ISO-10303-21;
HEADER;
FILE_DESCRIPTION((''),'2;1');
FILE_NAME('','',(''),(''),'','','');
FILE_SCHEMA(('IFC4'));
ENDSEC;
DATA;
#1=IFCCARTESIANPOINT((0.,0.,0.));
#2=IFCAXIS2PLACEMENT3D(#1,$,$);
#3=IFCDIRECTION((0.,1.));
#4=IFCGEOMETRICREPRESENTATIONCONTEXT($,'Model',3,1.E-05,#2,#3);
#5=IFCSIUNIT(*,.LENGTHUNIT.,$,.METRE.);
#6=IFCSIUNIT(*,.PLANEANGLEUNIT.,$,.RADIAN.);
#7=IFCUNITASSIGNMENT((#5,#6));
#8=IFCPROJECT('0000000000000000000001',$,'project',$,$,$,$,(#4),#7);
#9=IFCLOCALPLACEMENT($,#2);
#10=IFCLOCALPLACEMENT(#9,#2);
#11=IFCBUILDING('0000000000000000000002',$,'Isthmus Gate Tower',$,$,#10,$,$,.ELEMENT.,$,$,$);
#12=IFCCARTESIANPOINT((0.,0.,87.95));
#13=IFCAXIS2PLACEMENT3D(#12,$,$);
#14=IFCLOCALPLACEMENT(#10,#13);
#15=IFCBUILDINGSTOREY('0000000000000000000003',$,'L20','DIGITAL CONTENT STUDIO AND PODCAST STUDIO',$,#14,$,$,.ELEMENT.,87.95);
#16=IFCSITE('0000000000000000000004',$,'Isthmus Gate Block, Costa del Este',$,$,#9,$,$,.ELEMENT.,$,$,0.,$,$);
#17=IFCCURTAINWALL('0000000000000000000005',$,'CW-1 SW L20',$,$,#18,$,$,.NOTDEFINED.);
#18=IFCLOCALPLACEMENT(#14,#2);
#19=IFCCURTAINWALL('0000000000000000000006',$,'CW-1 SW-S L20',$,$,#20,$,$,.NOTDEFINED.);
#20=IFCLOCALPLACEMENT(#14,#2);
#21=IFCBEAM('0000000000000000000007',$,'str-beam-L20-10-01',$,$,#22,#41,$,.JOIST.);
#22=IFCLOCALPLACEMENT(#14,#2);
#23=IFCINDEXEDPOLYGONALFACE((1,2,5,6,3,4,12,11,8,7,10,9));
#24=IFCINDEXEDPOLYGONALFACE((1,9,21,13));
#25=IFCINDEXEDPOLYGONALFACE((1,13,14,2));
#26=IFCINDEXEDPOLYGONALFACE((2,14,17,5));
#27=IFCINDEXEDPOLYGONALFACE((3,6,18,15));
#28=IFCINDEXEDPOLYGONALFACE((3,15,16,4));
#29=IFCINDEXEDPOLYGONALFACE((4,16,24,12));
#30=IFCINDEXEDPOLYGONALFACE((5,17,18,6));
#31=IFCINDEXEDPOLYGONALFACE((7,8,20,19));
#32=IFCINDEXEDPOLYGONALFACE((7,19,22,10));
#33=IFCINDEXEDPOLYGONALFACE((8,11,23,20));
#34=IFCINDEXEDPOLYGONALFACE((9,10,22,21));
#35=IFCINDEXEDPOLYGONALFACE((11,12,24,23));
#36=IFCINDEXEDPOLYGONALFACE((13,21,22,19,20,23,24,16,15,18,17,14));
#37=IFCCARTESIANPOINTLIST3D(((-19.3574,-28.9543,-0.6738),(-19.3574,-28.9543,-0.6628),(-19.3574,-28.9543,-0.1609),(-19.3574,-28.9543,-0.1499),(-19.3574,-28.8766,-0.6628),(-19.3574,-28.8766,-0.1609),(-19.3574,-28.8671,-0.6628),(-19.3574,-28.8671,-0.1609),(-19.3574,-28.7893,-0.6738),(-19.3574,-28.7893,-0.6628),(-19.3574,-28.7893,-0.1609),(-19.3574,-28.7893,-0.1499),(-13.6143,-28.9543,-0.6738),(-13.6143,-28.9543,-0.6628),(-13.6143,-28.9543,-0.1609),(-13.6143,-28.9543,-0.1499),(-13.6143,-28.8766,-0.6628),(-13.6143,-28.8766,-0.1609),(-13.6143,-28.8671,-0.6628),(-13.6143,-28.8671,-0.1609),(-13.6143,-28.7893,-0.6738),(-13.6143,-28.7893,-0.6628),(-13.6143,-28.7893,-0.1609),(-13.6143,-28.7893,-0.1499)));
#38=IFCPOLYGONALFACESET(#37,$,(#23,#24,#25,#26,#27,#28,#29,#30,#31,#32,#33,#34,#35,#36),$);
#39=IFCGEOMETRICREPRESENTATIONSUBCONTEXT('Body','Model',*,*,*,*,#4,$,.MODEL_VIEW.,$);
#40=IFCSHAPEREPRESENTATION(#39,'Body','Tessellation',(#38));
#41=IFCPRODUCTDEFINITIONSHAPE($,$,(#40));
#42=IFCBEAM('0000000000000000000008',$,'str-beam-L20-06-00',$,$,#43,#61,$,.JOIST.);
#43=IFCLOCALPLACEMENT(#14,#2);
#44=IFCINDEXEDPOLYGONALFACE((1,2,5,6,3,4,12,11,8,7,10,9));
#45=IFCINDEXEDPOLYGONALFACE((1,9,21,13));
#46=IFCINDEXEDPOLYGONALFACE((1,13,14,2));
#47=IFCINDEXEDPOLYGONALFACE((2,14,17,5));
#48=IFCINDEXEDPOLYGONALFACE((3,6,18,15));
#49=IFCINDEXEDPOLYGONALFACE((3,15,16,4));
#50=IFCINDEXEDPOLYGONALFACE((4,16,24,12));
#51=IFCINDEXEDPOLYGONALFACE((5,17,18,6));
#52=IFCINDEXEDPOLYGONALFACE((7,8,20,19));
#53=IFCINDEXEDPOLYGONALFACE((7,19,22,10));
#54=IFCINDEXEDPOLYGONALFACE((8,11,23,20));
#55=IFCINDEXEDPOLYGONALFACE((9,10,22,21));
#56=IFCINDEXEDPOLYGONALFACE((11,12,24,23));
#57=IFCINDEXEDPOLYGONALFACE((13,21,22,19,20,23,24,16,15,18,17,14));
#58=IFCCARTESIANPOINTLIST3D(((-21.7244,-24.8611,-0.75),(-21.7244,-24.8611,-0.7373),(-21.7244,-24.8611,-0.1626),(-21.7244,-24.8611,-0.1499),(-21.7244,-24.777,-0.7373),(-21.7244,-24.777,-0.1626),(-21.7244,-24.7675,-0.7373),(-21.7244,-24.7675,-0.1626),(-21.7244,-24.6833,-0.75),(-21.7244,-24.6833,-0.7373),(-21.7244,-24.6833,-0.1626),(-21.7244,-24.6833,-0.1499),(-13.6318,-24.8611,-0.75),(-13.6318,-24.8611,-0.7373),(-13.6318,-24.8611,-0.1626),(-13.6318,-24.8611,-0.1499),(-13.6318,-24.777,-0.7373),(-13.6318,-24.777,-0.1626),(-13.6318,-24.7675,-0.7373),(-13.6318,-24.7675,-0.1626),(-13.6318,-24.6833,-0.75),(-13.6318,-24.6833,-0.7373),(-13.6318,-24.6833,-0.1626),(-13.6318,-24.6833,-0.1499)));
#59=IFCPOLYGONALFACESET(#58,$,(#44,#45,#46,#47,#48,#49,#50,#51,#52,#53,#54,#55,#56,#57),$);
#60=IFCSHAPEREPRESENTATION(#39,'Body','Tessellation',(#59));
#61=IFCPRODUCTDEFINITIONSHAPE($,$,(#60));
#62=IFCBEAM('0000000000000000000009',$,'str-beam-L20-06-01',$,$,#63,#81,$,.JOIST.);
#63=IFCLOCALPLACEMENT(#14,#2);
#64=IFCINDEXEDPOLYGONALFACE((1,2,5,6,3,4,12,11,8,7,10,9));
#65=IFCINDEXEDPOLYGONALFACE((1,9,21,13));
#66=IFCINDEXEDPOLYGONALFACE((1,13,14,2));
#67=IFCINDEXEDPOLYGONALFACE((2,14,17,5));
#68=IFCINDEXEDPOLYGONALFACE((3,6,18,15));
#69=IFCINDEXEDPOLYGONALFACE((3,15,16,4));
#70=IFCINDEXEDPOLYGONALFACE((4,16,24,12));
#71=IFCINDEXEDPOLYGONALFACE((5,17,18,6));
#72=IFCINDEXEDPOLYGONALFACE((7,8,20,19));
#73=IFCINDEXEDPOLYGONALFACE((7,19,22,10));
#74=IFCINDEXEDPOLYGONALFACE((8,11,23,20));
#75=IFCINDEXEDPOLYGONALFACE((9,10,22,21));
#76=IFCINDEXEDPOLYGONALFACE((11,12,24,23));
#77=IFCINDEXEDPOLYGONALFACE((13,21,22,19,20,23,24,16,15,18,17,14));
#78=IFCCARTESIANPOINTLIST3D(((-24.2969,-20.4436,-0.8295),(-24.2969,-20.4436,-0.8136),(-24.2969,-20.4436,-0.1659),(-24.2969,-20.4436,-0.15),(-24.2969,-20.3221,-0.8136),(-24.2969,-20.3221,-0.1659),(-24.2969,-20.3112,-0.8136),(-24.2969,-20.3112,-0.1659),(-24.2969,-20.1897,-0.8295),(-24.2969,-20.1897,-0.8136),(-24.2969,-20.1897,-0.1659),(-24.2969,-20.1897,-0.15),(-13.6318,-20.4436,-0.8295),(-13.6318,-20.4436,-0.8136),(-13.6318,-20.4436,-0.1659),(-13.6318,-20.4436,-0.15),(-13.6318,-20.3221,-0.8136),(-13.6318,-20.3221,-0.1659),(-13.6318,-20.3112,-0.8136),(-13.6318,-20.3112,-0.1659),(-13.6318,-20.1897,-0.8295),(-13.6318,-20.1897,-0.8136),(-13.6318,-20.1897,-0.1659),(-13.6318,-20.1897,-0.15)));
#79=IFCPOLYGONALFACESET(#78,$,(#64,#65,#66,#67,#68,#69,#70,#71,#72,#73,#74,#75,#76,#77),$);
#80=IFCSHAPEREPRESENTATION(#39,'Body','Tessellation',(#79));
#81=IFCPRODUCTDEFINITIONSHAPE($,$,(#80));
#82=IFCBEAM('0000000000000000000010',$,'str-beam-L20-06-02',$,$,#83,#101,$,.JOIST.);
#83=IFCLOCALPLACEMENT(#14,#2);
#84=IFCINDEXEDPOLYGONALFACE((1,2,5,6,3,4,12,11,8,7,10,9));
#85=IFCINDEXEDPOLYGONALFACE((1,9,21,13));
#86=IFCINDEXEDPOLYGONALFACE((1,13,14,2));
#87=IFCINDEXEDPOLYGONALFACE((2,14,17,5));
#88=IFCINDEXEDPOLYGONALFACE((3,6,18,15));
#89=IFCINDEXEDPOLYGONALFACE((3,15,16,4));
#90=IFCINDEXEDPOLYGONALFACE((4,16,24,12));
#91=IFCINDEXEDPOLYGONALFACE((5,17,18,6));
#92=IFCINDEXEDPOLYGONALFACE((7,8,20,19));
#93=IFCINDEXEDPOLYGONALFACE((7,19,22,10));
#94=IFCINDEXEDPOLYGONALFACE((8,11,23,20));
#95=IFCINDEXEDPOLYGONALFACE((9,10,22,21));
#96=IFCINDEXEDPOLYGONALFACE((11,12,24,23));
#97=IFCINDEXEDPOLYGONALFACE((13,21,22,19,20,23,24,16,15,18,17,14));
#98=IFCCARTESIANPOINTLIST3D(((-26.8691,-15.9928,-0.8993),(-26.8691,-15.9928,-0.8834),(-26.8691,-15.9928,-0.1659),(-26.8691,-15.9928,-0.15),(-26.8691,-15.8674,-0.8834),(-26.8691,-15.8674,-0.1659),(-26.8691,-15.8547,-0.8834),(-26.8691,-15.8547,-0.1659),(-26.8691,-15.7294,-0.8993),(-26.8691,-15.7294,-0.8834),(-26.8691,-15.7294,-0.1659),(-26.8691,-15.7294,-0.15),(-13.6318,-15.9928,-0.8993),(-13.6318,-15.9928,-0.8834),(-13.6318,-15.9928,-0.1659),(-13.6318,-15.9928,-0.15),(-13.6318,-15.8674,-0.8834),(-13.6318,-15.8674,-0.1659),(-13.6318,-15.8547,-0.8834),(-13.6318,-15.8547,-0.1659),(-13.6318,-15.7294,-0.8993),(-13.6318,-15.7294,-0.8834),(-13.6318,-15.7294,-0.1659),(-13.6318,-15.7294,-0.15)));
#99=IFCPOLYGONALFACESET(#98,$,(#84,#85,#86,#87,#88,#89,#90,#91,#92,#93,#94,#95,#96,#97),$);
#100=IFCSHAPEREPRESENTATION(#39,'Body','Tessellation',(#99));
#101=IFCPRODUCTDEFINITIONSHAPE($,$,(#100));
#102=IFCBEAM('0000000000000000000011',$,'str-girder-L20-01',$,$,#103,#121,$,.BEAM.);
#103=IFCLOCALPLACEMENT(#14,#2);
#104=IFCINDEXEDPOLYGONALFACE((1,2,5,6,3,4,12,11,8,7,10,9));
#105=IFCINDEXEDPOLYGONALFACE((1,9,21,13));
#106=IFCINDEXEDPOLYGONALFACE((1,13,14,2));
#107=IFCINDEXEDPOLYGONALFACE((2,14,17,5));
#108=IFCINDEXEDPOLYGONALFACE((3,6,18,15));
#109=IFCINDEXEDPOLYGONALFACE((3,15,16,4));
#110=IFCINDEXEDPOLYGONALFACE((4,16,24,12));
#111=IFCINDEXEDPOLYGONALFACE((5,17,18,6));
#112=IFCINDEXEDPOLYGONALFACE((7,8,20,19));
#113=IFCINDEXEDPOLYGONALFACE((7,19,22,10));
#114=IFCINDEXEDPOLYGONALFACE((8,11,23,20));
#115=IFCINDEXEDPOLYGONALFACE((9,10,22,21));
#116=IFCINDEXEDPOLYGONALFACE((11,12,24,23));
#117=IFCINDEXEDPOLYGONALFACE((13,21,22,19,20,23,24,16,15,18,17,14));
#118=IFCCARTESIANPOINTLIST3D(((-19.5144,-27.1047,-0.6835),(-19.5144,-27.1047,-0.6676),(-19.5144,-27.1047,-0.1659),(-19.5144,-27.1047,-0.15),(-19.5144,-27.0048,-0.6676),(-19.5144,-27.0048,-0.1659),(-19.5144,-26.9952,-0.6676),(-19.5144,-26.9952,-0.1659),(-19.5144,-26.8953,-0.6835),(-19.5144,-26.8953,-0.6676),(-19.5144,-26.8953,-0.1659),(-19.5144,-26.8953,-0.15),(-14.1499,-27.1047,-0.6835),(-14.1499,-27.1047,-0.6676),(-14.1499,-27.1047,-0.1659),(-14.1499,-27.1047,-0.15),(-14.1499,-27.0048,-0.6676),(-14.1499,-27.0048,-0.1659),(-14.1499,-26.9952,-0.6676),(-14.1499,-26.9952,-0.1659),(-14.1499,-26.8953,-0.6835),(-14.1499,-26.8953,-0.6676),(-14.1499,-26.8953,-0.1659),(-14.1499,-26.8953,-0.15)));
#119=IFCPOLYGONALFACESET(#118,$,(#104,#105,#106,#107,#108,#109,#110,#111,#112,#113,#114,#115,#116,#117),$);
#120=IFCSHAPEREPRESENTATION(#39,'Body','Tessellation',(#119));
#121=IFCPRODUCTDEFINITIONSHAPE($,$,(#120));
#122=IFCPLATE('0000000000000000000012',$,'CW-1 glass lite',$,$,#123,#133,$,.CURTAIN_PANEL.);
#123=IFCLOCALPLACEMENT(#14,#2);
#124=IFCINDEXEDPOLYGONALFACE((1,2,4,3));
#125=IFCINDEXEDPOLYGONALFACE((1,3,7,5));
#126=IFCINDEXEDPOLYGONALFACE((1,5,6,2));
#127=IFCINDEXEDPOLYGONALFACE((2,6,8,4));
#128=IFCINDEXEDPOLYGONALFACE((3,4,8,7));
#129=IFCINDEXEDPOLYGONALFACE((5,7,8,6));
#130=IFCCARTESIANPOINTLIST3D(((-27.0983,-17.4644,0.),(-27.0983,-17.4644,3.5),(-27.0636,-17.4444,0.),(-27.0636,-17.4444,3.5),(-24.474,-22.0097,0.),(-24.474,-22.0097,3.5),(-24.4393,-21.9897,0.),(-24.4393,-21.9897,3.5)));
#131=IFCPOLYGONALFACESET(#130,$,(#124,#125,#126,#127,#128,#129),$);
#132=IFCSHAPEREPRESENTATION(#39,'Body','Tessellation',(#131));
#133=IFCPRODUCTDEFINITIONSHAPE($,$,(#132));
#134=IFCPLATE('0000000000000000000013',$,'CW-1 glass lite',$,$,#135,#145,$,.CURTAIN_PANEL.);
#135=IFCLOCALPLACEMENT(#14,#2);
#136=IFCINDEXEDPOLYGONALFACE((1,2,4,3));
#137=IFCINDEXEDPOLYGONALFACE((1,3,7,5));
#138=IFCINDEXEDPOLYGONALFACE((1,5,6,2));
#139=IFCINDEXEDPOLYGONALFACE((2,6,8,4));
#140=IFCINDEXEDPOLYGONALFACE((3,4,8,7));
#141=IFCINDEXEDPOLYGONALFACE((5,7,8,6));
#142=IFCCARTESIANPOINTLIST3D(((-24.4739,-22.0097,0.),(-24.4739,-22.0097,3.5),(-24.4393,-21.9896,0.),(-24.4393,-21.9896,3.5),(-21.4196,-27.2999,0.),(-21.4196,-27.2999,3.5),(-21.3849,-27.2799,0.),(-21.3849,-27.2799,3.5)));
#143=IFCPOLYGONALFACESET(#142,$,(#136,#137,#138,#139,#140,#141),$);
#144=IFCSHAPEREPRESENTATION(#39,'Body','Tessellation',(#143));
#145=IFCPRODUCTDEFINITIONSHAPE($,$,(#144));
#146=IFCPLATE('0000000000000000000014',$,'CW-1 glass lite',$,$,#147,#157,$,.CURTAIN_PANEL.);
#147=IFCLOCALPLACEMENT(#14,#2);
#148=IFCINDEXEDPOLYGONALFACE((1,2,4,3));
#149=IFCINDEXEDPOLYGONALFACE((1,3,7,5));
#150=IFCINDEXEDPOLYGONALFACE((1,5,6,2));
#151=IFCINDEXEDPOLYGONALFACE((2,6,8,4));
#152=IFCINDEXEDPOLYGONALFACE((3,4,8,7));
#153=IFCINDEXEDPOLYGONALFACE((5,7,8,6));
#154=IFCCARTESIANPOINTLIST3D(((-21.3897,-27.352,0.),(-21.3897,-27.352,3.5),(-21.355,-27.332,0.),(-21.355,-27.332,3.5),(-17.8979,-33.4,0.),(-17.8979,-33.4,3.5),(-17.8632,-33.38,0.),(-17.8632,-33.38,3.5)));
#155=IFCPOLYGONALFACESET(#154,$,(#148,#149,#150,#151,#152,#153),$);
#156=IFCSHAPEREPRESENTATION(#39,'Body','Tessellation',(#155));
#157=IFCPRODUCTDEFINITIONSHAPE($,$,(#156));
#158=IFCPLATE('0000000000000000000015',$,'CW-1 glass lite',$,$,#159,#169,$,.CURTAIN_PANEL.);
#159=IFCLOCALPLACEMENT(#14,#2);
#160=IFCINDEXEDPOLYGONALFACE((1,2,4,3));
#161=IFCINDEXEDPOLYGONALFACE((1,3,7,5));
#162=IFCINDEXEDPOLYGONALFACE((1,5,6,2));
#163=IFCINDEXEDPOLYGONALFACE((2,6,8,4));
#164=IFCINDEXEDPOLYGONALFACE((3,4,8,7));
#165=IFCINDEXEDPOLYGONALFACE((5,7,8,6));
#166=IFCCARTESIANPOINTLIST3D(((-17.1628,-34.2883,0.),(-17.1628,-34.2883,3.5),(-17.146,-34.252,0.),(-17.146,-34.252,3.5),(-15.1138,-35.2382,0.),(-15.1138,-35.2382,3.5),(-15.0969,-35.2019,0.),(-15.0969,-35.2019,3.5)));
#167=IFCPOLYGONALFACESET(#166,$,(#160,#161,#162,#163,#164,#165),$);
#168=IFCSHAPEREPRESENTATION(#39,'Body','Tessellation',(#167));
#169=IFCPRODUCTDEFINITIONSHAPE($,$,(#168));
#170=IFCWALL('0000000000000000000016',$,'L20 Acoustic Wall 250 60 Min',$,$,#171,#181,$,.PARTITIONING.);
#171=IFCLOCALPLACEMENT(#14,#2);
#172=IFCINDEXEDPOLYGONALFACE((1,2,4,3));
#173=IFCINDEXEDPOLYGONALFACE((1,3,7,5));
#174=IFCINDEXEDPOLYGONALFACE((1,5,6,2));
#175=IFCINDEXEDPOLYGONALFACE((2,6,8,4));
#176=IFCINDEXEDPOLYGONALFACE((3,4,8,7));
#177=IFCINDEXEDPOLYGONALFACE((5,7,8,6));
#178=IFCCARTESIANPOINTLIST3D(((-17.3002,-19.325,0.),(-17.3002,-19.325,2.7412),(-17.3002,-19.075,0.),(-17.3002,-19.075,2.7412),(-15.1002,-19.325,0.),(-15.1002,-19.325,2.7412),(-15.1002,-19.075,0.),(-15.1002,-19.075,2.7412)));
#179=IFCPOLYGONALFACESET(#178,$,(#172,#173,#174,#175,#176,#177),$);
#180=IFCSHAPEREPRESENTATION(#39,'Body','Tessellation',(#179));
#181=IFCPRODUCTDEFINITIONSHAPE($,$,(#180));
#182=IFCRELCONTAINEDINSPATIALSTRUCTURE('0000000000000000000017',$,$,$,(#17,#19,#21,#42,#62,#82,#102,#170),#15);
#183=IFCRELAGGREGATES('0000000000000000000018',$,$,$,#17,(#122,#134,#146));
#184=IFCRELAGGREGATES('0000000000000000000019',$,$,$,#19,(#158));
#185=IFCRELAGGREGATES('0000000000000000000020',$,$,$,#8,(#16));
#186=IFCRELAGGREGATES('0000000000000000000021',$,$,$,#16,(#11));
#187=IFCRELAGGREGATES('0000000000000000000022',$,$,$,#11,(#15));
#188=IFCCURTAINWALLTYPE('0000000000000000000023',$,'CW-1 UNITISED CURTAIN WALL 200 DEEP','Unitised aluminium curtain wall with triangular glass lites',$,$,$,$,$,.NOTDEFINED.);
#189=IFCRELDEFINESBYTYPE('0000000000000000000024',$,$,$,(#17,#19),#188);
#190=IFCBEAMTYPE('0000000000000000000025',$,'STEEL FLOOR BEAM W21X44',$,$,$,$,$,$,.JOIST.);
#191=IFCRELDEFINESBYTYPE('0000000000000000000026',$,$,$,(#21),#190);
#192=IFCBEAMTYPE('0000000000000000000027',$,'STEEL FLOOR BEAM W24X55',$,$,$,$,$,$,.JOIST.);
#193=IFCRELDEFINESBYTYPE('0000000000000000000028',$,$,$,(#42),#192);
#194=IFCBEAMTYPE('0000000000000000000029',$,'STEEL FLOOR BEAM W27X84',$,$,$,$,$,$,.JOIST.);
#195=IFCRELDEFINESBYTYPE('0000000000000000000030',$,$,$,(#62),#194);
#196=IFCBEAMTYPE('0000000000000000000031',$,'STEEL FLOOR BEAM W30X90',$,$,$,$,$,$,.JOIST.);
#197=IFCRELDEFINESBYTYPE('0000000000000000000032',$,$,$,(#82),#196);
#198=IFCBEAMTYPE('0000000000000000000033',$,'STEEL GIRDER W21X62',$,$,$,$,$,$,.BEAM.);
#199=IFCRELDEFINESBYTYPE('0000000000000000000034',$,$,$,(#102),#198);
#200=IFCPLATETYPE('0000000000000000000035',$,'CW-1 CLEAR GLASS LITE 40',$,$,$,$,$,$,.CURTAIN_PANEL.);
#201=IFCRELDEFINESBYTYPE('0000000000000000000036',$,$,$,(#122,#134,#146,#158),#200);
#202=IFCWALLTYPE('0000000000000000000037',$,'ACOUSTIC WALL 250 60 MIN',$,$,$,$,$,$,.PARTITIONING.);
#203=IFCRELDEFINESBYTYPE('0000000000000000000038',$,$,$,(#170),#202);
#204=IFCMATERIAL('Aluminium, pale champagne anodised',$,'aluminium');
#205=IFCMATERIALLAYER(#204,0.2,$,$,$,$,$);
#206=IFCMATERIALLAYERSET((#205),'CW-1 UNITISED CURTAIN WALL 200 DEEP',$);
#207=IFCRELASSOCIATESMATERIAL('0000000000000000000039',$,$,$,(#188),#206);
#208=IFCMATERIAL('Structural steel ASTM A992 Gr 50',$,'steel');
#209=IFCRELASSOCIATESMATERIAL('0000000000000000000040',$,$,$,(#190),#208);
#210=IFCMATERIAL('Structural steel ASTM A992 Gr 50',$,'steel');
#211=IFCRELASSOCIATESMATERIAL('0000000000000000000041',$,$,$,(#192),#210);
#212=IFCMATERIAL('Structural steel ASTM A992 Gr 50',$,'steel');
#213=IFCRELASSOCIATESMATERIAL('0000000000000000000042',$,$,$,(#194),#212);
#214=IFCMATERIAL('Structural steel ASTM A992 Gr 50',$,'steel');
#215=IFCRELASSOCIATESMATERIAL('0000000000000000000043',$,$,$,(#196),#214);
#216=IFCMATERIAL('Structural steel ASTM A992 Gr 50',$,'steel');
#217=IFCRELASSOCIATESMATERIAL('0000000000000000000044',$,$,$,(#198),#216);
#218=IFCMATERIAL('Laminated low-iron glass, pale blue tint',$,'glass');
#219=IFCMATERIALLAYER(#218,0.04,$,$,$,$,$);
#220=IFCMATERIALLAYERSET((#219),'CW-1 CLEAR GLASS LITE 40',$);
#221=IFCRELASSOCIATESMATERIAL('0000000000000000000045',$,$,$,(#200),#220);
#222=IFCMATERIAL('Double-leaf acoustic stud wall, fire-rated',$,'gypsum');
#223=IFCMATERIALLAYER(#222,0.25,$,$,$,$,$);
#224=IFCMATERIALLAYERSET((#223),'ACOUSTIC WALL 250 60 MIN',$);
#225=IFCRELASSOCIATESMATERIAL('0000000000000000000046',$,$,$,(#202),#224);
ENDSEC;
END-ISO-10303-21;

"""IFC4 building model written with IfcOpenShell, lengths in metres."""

from ifc_helpers import new_model, si_unit, direction, frame, frame_2d, origin, origin_2d, place, context, subcontext, project, spatial, rectangle, i_section, extrude, material, layer, layer_set, material_profile, profile_set, type_object, element, aggregate, save


model = new_model("IFC4")

# Units and contexts
model_context = context("Model", 3, precision=1e-05, world=origin(), true_north=direction((0.0, 1.0)))
body_context = subcontext(model_context, "Body", "Model", "MODEL_VIEW")
ifc_project = project(units=[si_unit("LENGTHUNIT", "METRE"), si_unit("PLANEANGLEUNIT", "RADIAN")], contexts=[model_context])

# Site, building, storey
site_placement = place(None, origin())
site = spatial("IfcSite", under=ifc_project, at=site_placement, Name="Isthmus Gate Block, Costa del Este", CompositionType="ELEMENT", RefElevation=0.0)
building_placement = place(site_placement, origin())
building = spatial("IfcBuilding", under=site, at=building_placement, Name="Isthmus Gate Tower", CompositionType="ELEMENT")
storey_placement = place(building_placement, frame((0.0, 0.0, 87.95)))
storey = spatial("IfcBuildingStorey", under=building, at=storey_placement, Name="L20", Description="DIGITAL CONTENT STUDIO AND PODCAST STUDIO", CompositionType="ELEMENT", Elevation=87.95)

# Curtain wall
ifc_material_1 = material(Name="Aluminium, pale champagne anodised", Category="aluminium")
ifc_layer_1 = layer(ifc_material_1, 0.2)
ifc_layer_set_1 = layer_set([ifc_layer_1], Name="CW-1 UNITISED CURTAIN WALL 200 DEEP")
curtain_wall_type = type_object("IfcCurtainWallType", Name="CW-1 UNITISED CURTAIN WALL 200 DEEP", Description="Unitised aluminium curtain wall with triangular glass lites", PredefinedType="NOTDEFINED", material=ifc_layer_set_1)
curtain_wall_1_placement = place(storey_placement, origin())
curtain_wall_1 = element("IfcCurtainWall", 1, at=curtain_wall_1_placement, inside=storey, type_object=curtain_wall_type, Name="CW-1 SW L20", PredefinedType="NOTDEFINED")

# Curtain wall
curtain_wall_2_placement = place(storey_placement, origin())
curtain_wall_2 = element("IfcCurtainWall", 2, at=curtain_wall_2_placement, inside=storey, type_object=curtain_wall_type, Name="CW-1 SW-S L20", PredefinedType="NOTDEFINED")

# Beams
ifc_material_2 = material(Name="Structural steel ASTM A992 Gr 50", Category="steel")
ifc_material_profile_1 = material_profile(ifc_material_2, i_section(OverallWidth=0.165, OverallDepth=0.5239, WebThickness=0.0095, FlangeThickness=0.011, at=origin_2d()), Name="W21X44")
ifc_profile_set_1 = profile_set([ifc_material_profile_1], Name="Structural steel ASTM A992 Gr 50")
beam_type_1 = type_object("IfcBeamType", Name="STEEL FLOOR BEAM W21X44", PredefinedType="JOIST", material=ifc_profile_set_1)
beam_1_placement = place(storey_placement, frame((-19.3574, -28.8718, -0.4119), z_axis=(1.0, 0.0, 0.0), x_axis=(0.0, 1.0, 0.0)))
element("IfcBeam", 3, at=beam_1_placement, inside=storey, type_object=beam_type_1, Name="str-beam-L20-10-01", PredefinedType="JOIST", context=body_context, shape_type="SweptSolid", body=[
    extrude(i_section(OverallWidth=0.165, OverallDepth=0.5239, WebThickness=0.0095, FlangeThickness=0.011, at=origin_2d()), origin(), (0.0, 0.0, 1.0), 5.7432),
])
ifc_material_3 = material(Name="Structural steel ASTM A992 Gr 50", Category="steel")
ifc_material_profile_2 = material_profile(ifc_material_3, i_section(OverallWidth=0.1777, OverallDepth=0.6001, WebThickness=0.0095, FlangeThickness=0.0127, at=origin_2d()), Name="W24X55")
ifc_profile_set_2 = profile_set([ifc_material_profile_2], Name="Structural steel ASTM A992 Gr 50")
beam_type_2 = type_object("IfcBeamType", Name="STEEL FLOOR BEAM W24X55", PredefinedType="JOIST", material=ifc_profile_set_2)
beam_2_placement = place(storey_placement, frame((-21.7244, -24.7722, -0.45), z_axis=(1.0, 0.0, 0.0), x_axis=(0.0, 1.0, 0.0)))
element("IfcBeam", 4, at=beam_2_placement, inside=storey, type_object=beam_type_2, Name="str-beam-L20-06-00", PredefinedType="JOIST", context=body_context, shape_type="SweptSolid", body=[
    extrude(i_section(OverallWidth=0.1777, OverallDepth=0.6001, WebThickness=0.0095, FlangeThickness=0.0127, at=origin_2d()), origin(), (0.0, 0.0, 1.0), 8.0925),
])
ifc_material_4 = material(Name="Structural steel ASTM A992 Gr 50", Category="steel")
ifc_material_profile_3 = material_profile(ifc_material_4, i_section(OverallWidth=0.2539, OverallDepth=0.6794, WebThickness=0.011, FlangeThickness=0.0159, at=origin_2d()), Name="W27X84")
ifc_profile_set_3 = profile_set([ifc_material_profile_3], Name="Structural steel ASTM A992 Gr 50")
beam_type_3 = type_object("IfcBeamType", Name="STEEL FLOOR BEAM W27X84", PredefinedType="JOIST", material=ifc_profile_set_3)
beam_3_placement = place(storey_placement, frame((-24.2969, -20.3167, -0.4897), z_axis=(1.0, 0.0, 0.0), x_axis=(0.0, 1.0, 0.0)))
element("IfcBeam", 5, at=beam_3_placement, inside=storey, type_object=beam_type_3, Name="str-beam-L20-06-01", PredefinedType="JOIST", context=body_context, shape_type="SweptSolid", body=[
    extrude(i_section(OverallWidth=0.2539, OverallDepth=0.6794, WebThickness=0.011, FlangeThickness=0.0159, at=origin_2d()), origin(), (0.0, 0.0, 1.0), 10.665),
])
ifc_material_5 = material(Name="Structural steel ASTM A992 Gr 50", Category="steel")
ifc_material_profile_4 = material_profile(ifc_material_5, i_section(OverallWidth=0.2634, OverallDepth=0.7493, WebThickness=0.0127, FlangeThickness=0.0159, at=origin_2d()), Name="W30X90")
ifc_profile_set_4 = profile_set([ifc_material_profile_4], Name="Structural steel ASTM A992 Gr 50")
beam_type_4 = type_object("IfcBeamType", Name="STEEL FLOOR BEAM W30X90", PredefinedType="JOIST", material=ifc_profile_set_4)
beam_4_placement = place(storey_placement, frame((-26.8691, -15.8611, -0.5247), z_axis=(1.0, 0.0, 0.0), x_axis=(0.0, 1.0, 0.0)))
element("IfcBeam", 6, at=beam_4_placement, inside=storey, type_object=beam_type_4, Name="str-beam-L20-06-02", PredefinedType="JOIST", context=body_context, shape_type="SweptSolid", body=[
    extrude(i_section(OverallWidth=0.2634, OverallDepth=0.7493, WebThickness=0.0127, FlangeThickness=0.0159, at=origin_2d()), origin(), (0.0, 0.0, 1.0), 13.2373),
])
ifc_material_6 = material(Name="Structural steel ASTM A992 Gr 50", Category="steel")
ifc_material_profile_5 = material_profile(ifc_material_6, i_section(OverallWidth=0.2095, OverallDepth=0.5334, WebThickness=0.0095, FlangeThickness=0.0159, at=origin_2d()), Name="W21X62")
ifc_profile_set_5 = profile_set([ifc_material_profile_5], Name="Structural steel ASTM A992 Gr 50")
beam_type_5 = type_object("IfcBeamType", Name="STEEL GIRDER W21X62", PredefinedType="BEAM", material=ifc_profile_set_5)
beam_5_placement = place(storey_placement, frame((-19.5144, -27.0, -0.4167), z_axis=(1.0, 0.0, 0.0), x_axis=(0.0, 1.0, 0.0)))
element("IfcBeam", 7, at=beam_5_placement, inside=storey, type_object=beam_type_5, Name="str-girder-L20-01", PredefinedType="BEAM", context=body_context, shape_type="SweptSolid", body=[
    extrude(i_section(OverallWidth=0.2095, OverallDepth=0.5334, WebThickness=0.0095, FlangeThickness=0.0159, at=origin_2d()), origin(), (0.0, 0.0, 1.0), 5.3645),
])

# Plates
ifc_material_7 = material(Name="Laminated low-iron glass, pale blue tint", Category="glass")
ifc_layer_2 = layer(ifc_material_7, 0.04)
ifc_layer_set_2 = layer_set([ifc_layer_2], Name="CW-1 CLEAR GLASS LITE 40")
plate_type = type_object("IfcPlateType", Name="CW-1 CLEAR GLASS LITE 40", PredefinedType="CURTAIN_PANEL", material=ifc_layer_set_2)
plate_1_placement = place(storey_placement, frame((-25.7688, -19.7271, 0.0), z_axis=(0.0, 0.0, 1.0), x_axis=(0.5, -0.866025, 0.0)))
plate_1 = element("IfcPlate", 8, at=plate_1_placement, type_object=plate_type, Name="CW-1 glass lite", PredefinedType="CURTAIN_PANEL", context=body_context, shape_type="SweptSolid", body=[
    extrude(rectangle(XDim=5.2485, YDim=0.04, at=origin_2d()), origin(), (0.0, 0.0, 1.0), 3.5),
])
plate_2_placement = place(storey_placement, frame((-22.9294, -24.6448, 0.0), z_axis=(0.0, 0.0, 1.0), x_axis=(0.5, -0.866025, 0.0)))
plate_2 = element("IfcPlate", 9, at=plate_2_placement, type_object=plate_type, Name="CW-1 glass lite", PredefinedType="CURTAIN_PANEL", context=body_context, shape_type="SweptSolid", body=[
    extrude(rectangle(XDim=6.1086, YDim=0.04, at=origin_2d()), origin(), (0.0, 0.0, 1.0), 3.5),
])
plate_3_placement = place(storey_placement, frame((-19.6265, -30.366, 0.0), z_axis=(0.0, 0.0, 1.0), x_axis=(0.5, -0.866025, 0.0)))
plate_3 = element("IfcPlate", 10, at=plate_3_placement, type_object=plate_type, Name="CW-1 glass lite", PredefinedType="CURTAIN_PANEL", context=body_context, shape_type="SweptSolid", body=[
    extrude(rectangle(XDim=6.9836, YDim=0.04, at=origin_2d()), origin(), (0.0, 0.0, 1.0), 3.5),
])
aggregate(curtain_wall_1, [plate_1, plate_2, plate_3])
plate_4_placement = place(storey_placement, frame((-16.1299, -34.7451, 0.0), z_axis=(0.0, 0.0, 1.0), x_axis=(0.907256, -0.420578, 0.0)))
plate_4 = element("IfcPlate", 11, at=plate_4_placement, type_object=plate_type, Name="CW-1 glass lite", PredefinedType="CURTAIN_PANEL", context=body_context, shape_type="SweptSolid", body=[
    extrude(rectangle(XDim=2.2585, YDim=0.04, at=origin_2d()), origin(), (0.0, 0.0, 1.0), 3.5),
])
aggregate(curtain_wall_2, [plate_4])

# Wall
ifc_material_8 = material(Name="Double-leaf acoustic stud wall, fire-rated", Category="gypsum")
ifc_layer_3 = layer(ifc_material_8, 0.25)
ifc_layer_set_3 = layer_set([ifc_layer_3], Name="ACOUSTIC WALL 250 60 MIN")
wall_type = type_object("IfcWallType", Name="ACOUSTIC WALL 250 60 MIN", PredefinedType="PARTITIONING", material=ifc_layer_set_3)
wall_1_placement = place(storey_placement, frame((-15.1001, -19.2, 0.0), z_axis=(0.0, 0.0, 1.0), x_axis=(-1.0, 0.0, 0.0)))
element("IfcWall", 12, at=wall_1_placement, inside=storey, type_object=wall_type, Name="L20 Acoustic Wall 250 60 Min", PredefinedType="PARTITIONING", context=body_context, shape_type="SweptSolid", body=[
    extrude(rectangle(XDim=2.2, YDim=0.25, at=frame_2d((1.1001, 0.0))), origin(), (0.0, 0.0, 1.0), 2.7412),
])

save(model, "model.ifc")
